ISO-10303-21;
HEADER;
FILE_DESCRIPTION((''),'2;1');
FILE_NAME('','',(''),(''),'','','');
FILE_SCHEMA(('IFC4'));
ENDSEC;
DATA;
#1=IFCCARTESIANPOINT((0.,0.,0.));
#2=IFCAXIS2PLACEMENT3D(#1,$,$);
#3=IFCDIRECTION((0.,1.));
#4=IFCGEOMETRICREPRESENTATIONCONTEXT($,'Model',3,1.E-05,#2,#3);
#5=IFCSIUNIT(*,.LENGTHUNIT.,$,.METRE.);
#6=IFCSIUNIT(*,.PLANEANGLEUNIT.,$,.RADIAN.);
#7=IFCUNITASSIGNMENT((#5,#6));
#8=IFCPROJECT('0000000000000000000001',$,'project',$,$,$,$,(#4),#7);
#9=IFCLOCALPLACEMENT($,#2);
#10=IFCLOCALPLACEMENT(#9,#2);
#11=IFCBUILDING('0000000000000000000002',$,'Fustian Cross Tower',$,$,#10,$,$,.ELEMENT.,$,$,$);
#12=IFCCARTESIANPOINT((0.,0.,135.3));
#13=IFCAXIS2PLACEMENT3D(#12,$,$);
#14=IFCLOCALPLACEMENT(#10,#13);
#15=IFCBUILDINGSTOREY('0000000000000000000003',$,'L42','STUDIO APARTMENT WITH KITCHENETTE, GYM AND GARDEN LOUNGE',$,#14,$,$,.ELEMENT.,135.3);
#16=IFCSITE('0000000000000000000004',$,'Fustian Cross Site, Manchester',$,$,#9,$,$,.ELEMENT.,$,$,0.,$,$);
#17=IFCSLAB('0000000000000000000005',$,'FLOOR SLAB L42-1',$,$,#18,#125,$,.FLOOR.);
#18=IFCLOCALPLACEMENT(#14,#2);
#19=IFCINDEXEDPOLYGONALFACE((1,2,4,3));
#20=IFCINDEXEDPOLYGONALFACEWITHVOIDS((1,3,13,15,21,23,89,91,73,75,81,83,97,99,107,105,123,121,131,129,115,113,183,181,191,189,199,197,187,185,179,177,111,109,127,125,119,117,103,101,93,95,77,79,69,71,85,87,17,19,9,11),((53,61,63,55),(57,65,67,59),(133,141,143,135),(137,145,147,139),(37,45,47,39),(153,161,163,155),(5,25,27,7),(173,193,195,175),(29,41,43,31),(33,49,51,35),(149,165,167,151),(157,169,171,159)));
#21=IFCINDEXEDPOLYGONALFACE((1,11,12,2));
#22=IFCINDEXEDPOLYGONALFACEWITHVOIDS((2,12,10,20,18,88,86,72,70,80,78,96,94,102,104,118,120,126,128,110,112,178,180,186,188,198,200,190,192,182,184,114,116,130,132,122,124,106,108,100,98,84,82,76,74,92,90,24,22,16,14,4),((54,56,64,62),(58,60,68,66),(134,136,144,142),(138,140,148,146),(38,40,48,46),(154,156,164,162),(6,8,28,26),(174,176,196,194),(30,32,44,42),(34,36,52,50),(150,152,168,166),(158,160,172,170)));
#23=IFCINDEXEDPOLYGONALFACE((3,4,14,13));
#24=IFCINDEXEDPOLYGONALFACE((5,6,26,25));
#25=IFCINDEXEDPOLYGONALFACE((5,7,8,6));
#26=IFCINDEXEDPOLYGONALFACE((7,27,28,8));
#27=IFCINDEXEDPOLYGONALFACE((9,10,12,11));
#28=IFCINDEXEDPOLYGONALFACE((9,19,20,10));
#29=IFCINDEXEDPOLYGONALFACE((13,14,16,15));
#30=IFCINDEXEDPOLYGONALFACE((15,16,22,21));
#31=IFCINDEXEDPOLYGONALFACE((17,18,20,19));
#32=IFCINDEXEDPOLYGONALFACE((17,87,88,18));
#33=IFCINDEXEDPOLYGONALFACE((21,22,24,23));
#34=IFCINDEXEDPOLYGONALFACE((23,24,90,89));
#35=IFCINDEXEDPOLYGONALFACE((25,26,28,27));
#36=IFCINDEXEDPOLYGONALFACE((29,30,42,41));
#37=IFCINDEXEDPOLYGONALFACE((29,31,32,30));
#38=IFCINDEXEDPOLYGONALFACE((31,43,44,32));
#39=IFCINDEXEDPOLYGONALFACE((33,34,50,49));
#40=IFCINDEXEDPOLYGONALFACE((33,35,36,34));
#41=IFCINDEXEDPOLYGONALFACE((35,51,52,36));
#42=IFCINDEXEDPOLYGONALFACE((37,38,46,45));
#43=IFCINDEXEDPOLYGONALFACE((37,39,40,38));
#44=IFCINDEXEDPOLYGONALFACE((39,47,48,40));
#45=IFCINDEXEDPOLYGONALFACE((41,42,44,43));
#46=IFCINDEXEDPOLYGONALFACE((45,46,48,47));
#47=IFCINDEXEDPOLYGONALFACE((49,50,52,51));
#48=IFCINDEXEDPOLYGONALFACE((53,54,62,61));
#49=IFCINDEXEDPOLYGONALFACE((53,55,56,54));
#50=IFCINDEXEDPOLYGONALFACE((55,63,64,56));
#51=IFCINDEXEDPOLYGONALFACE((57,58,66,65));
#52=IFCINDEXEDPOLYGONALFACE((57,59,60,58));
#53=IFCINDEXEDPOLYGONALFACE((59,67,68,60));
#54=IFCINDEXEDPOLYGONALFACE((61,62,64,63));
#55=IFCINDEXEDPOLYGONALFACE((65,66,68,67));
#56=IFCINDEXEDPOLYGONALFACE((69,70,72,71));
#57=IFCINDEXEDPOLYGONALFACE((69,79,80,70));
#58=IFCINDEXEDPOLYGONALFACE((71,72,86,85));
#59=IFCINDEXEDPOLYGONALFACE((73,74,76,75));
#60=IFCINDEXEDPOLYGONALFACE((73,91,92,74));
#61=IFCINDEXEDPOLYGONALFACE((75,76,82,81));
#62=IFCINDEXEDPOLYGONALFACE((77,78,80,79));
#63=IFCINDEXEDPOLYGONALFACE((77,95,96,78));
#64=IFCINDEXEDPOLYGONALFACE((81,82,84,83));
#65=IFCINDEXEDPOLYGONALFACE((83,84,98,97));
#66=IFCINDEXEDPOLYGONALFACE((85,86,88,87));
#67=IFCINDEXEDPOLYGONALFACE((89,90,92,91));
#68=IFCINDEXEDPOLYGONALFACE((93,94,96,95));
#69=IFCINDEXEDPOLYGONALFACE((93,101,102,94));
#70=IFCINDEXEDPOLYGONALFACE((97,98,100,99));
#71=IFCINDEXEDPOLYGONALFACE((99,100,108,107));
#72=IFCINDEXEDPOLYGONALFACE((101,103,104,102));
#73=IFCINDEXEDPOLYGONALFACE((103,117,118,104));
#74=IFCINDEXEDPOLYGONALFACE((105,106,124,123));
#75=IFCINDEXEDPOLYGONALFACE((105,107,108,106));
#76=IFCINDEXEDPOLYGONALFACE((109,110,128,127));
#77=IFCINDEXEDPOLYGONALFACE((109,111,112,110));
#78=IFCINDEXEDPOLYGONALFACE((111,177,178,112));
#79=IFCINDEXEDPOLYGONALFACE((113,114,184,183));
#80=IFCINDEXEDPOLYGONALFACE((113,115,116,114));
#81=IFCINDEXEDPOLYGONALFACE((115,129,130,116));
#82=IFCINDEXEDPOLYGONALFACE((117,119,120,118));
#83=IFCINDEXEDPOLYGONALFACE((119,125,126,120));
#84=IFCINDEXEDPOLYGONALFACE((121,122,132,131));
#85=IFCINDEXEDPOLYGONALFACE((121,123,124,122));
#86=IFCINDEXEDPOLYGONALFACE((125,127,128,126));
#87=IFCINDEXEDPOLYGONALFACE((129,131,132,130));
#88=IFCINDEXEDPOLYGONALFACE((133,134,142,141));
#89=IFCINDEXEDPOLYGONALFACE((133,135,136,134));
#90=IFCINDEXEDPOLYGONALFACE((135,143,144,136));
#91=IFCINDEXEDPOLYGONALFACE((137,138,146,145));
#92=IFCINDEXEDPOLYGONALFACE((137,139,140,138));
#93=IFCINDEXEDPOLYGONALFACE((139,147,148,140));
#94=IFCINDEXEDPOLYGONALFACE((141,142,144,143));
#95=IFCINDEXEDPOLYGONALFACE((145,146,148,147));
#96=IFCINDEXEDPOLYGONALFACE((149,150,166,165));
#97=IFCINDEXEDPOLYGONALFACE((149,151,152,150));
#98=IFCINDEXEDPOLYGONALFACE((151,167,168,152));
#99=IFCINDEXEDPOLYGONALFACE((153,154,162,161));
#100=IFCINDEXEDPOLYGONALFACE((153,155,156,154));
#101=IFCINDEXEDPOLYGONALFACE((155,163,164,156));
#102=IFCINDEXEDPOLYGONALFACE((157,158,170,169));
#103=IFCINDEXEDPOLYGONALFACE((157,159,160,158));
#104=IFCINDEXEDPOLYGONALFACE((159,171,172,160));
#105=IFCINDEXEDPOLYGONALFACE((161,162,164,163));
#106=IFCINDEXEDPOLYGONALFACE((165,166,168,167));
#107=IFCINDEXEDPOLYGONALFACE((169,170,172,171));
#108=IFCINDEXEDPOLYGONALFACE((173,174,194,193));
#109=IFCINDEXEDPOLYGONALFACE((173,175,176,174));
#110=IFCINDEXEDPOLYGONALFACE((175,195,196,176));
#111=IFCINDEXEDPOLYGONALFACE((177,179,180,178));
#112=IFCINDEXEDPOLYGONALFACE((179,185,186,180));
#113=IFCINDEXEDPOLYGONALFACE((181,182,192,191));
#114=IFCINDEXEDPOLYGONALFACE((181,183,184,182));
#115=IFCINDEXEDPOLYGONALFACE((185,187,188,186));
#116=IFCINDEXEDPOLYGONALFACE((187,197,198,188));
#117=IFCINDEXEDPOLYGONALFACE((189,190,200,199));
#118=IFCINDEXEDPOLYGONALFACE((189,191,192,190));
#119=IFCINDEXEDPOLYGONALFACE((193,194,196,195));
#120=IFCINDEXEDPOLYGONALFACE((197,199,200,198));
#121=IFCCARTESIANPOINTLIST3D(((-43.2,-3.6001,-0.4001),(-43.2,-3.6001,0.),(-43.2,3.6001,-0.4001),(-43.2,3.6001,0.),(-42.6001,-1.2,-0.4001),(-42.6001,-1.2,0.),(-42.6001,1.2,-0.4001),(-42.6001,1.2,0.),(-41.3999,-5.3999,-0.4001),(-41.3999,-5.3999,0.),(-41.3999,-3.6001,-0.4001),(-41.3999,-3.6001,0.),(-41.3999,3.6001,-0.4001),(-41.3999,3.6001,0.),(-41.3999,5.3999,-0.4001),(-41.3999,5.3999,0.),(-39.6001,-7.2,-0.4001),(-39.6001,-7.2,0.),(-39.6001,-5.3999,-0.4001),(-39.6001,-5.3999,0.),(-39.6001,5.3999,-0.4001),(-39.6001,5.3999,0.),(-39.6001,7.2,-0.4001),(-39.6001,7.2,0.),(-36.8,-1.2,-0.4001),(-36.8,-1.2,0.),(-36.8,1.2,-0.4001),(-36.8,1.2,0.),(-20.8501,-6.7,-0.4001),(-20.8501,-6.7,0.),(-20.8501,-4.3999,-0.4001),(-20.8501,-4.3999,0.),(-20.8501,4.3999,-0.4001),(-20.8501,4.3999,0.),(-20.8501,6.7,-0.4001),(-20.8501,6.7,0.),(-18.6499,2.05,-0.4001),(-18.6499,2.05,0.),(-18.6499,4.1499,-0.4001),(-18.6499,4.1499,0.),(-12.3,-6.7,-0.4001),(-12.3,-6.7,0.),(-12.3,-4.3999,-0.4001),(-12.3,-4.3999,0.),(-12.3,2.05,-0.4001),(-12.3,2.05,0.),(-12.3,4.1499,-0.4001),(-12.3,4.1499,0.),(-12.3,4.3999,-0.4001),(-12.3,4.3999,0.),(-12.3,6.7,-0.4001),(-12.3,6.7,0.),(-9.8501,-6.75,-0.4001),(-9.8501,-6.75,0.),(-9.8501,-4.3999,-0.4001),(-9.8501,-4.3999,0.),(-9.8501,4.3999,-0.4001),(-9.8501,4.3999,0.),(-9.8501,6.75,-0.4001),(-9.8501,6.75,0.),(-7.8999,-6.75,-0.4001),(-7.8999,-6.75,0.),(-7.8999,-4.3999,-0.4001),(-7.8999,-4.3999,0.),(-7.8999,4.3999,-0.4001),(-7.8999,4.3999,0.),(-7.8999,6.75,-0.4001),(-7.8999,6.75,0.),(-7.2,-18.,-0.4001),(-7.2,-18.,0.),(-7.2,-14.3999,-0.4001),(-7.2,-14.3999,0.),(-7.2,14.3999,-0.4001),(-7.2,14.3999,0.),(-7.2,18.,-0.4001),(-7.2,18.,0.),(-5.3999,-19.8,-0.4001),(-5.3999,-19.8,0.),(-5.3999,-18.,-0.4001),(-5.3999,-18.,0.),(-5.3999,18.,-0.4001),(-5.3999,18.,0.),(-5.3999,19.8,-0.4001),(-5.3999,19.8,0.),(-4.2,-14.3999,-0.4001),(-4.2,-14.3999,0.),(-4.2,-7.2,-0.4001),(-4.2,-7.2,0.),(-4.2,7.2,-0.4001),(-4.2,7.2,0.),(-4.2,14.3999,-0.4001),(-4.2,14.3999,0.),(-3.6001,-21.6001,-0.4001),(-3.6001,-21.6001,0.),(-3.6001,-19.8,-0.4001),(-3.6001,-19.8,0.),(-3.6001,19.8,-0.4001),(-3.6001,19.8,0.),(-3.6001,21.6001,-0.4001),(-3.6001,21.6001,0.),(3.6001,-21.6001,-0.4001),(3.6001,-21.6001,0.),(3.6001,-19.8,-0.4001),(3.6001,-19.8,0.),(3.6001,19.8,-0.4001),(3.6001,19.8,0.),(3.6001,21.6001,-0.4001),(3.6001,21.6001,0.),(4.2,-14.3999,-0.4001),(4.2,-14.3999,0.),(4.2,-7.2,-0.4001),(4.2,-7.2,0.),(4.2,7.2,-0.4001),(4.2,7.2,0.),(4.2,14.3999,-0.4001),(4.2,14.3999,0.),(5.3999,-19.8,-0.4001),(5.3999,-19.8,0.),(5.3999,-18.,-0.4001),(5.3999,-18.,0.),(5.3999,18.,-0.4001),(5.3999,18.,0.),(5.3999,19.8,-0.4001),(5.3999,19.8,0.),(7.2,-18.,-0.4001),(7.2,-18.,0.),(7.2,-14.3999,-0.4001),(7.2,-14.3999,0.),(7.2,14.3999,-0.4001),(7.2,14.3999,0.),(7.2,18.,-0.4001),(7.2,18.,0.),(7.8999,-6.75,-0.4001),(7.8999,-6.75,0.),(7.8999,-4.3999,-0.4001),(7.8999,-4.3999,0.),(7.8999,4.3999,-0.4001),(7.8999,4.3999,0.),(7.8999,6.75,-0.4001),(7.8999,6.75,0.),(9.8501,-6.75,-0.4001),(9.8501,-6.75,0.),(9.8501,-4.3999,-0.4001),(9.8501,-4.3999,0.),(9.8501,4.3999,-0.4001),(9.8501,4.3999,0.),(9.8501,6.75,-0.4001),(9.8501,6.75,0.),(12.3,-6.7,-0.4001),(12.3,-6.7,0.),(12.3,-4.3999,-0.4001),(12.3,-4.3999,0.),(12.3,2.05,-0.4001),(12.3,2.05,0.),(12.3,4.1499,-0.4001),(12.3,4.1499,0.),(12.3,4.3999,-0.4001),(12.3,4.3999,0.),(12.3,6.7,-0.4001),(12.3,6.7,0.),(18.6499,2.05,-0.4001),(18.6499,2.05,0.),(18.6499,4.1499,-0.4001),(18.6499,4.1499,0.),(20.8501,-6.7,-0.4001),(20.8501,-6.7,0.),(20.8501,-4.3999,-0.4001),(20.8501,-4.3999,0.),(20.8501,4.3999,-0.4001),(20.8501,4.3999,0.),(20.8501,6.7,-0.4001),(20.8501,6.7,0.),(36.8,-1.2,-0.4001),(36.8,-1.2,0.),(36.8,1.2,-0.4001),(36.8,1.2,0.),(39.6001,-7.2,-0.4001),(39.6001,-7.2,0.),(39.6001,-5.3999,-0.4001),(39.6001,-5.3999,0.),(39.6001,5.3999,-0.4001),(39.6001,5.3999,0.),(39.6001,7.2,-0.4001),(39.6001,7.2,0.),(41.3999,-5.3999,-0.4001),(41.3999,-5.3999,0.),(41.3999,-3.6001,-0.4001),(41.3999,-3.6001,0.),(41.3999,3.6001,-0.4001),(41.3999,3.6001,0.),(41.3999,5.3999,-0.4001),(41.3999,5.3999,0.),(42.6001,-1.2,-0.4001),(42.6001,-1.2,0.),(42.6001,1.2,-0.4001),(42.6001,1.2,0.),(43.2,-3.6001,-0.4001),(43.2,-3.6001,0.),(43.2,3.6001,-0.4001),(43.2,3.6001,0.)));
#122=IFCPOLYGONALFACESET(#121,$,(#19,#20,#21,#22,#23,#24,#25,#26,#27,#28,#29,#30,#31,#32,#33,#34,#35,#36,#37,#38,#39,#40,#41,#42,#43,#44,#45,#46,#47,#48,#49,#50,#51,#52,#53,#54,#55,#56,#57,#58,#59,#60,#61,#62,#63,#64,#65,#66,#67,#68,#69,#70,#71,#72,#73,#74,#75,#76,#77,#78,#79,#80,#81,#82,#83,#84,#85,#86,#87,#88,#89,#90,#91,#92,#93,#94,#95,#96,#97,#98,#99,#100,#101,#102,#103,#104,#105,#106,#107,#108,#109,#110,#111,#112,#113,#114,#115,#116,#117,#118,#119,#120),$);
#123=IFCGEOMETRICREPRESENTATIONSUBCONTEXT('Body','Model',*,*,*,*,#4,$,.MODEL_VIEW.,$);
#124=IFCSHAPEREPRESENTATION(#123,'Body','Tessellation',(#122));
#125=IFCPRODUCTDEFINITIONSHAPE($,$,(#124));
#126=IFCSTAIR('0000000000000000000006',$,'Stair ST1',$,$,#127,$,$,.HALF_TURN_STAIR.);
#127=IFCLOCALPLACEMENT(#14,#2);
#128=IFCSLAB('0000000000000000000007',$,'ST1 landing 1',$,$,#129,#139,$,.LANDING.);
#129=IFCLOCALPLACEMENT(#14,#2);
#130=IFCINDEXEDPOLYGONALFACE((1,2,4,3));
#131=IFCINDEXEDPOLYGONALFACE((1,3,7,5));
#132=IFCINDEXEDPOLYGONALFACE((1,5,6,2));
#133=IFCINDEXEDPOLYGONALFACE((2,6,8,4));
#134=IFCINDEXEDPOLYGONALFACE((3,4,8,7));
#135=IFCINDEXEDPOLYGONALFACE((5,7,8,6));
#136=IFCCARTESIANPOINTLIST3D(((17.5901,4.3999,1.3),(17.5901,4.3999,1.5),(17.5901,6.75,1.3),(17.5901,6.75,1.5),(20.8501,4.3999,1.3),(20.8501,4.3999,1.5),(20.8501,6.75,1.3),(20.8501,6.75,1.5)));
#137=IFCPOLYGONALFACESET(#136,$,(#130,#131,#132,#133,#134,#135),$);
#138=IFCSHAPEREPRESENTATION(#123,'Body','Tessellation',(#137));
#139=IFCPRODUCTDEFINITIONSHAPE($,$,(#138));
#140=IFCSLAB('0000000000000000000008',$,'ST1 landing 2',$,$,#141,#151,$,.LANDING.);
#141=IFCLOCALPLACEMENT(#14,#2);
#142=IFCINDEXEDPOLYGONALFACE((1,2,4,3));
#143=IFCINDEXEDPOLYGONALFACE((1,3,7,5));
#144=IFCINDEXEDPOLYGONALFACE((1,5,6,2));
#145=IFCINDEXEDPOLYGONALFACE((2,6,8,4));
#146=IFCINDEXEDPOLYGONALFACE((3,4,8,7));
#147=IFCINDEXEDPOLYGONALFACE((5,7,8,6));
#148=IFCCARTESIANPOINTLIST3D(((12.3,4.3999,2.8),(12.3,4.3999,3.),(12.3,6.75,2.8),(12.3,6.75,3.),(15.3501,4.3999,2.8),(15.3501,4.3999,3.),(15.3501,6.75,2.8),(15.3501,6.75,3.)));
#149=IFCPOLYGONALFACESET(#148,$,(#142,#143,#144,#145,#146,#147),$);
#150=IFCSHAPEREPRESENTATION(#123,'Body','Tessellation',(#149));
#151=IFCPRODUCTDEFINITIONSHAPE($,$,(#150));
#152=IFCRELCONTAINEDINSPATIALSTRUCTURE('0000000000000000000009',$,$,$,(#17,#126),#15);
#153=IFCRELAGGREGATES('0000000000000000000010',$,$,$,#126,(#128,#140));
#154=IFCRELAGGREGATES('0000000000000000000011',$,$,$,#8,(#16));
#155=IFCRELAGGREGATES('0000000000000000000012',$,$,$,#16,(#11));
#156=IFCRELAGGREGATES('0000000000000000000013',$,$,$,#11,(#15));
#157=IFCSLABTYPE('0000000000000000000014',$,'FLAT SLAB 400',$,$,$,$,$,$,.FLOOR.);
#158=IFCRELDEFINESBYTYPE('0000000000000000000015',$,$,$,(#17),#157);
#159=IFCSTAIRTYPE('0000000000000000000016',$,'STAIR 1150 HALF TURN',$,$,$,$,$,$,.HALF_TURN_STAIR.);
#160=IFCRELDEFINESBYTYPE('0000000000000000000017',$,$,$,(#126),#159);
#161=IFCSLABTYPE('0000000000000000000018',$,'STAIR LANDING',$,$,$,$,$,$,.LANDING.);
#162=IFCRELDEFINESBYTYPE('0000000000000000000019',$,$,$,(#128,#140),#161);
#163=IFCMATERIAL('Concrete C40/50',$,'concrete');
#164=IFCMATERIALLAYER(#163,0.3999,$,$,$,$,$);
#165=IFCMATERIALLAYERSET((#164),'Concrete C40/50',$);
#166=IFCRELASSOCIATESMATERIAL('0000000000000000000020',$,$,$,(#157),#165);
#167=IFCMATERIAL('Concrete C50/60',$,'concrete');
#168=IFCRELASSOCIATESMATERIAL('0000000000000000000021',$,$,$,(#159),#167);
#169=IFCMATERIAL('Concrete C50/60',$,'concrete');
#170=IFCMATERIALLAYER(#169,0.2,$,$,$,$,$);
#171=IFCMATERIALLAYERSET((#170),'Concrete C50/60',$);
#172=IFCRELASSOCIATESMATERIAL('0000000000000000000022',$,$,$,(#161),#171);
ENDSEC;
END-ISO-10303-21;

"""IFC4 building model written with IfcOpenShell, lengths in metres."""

from ifc_helpers import new_model, si_unit, direction, frame, origin, place, context, subcontext, project, spatial, polyline, outline, extrude, material, layer, layer_set, type_object, element, aggregate, save


model = new_model("IFC4")

# Units and contexts
model_context = context("Model", 3, precision=1e-05, world=origin(), true_north=direction((0.0, 1.0)))
body_context = subcontext(model_context, "Body", "Model", "MODEL_VIEW")
ifc_project = project(units=[si_unit("LENGTHUNIT", "METRE"), si_unit("PLANEANGLEUNIT", "RADIAN")], contexts=[model_context])

# Site, building, storey
site_placement = place(None, origin())
site = spatial("IfcSite", under=ifc_project, at=site_placement, Name="Fustian Cross Site, Manchester", CompositionType="ELEMENT", RefElevation=0.0)
building_placement = place(site_placement, origin())
building = spatial("IfcBuilding", under=site, at=building_placement, Name="Fustian Cross Tower", CompositionType="ELEMENT")
storey_placement = place(building_placement, frame((0.0, 0.0, 135.3)))
storey = spatial("IfcBuildingStorey", under=building, at=storey_placement, Name="L42", Description="STUDIO APARTMENT WITH KITCHENETTE, GYM AND GARDEN LOUNGE", CompositionType="ELEMENT", Elevation=135.3)

# Slab
ifc_material_1 = material(Name="Concrete C40/50", Category="concrete")
ifc_layer_1 = layer(ifc_material_1, 0.3999)
ifc_layer_set_1 = layer_set([ifc_layer_1], Name="Concrete C40/50")
slab_type_1 = type_object("IfcSlabType", Name="FLAT SLAB 400", PredefinedType="FLOOR", material=ifc_layer_set_1)
slab_1_placement = place(storey_placement, frame((0.0, 0.0, -0.4001)))
element("IfcSlab", 1, at=slab_1_placement, inside=storey, type_object=slab_type_1, Name="FLOOR SLAB L42-1", PredefinedType="FLOOR", context=body_context, shape_type="SweptSolid", body=[
    extrude(outline(polyline([(-5.3999, -18.0), (-7.2, -18.0), (-7.2, -14.3999), (-4.2, -14.3999), (-4.2, -7.2), (-39.6001, -7.2), (-39.6001, -5.3999), (-41.3999, -5.3999), (-41.3999, -3.6001), (-43.2, -3.6001), (-43.2, 3.6001), (-41.3999, 3.6001), (-41.3999, 5.3999), (-39.6001, 5.3999), (-39.6001, 7.2), (-4.2, 7.2), (-4.2, 14.3999), (-7.2, 14.3999), (-7.2, 18.0), (-5.3999, 18.0), (-5.3999, 19.8), (-3.6001, 19.8), (-3.6001, 21.6001), (3.6001, 21.6001), (3.6001, 19.8), (5.3999, 19.8), (5.3999, 18.0), (7.2, 18.0), (7.2, 14.3999), (4.2, 14.3999), (4.2, 7.2), (39.6001, 7.2), (39.6001, 5.3999), (41.3999, 5.3999), (41.3999, 3.6001), (43.2, 3.6001), (43.2, -3.6001), (41.3999, -3.6001), (41.3999, -5.3999), (39.6001, -5.3999), (39.6001, -7.2), (4.2, -7.2), (4.2, -14.3999), (7.2, -14.3999), (7.2, -18.0), (5.3999, -18.0), (5.3999, -19.8), (3.6001, -19.8), (3.6001, -21.6001), (-3.6001, -21.6001), (-3.6001, -19.8), (-5.3999, -19.8), (-5.3999, -18.0)]), holes=[polyline([(9.8501, 4.3999), (9.8501, 6.75), (7.8999, 6.75), (7.8999, 4.3999), (9.8501, 4.3999)]), polyline([(7.8999, -6.75), (9.8501, -6.75), (9.8501, -4.3999), (7.8999, -4.3999), (7.8999, -6.75)]), polyline([(-9.8501, 6.75), (-9.8501, 4.3999), (-7.8999, 4.3999), (-7.8999, 6.75), (-9.8501, 6.75)]), polyline([(-7.8999, -4.3999), (-9.8501, -4.3999), (-9.8501, -6.75), (-7.8999, -6.75), (-7.8999, -4.3999)]), polyline([(18.6499, 2.05), (18.6499, 4.1499), (12.3, 4.1499), (12.3, 2.05), (18.6499, 2.05)]), polyline([(-18.6499, 2.05), (-12.3, 2.05), (-12.3, 4.1499), (-18.6499, 4.1499), (-18.6499, 2.05)]), polyline([(12.3, 6.7), (12.3, 4.3999), (20.8501, 4.3999), (20.8501, 6.7), (12.3, 6.7)]), polyline([(20.8501, -4.3999), (12.3, -4.3999), (12.3, -6.7), (20.8501, -6.7), (20.8501, -4.3999)]), polyline([(-12.3, 4.3999), (-12.3, 6.7), (-20.8501, 6.7), (-20.8501, 4.3999), (-12.3, 4.3999)]), polyline([(-20.8501, -6.7), (-12.3, -6.7), (-12.3, -4.3999), (-20.8501, -4.3999), (-20.8501, -6.7)]), polyline([(36.8, 1.2), (36.8, -1.2), (42.6001, -1.2), (42.6001, 1.2), (36.8, 1.2)]), polyline([(-36.8, 1.2), (-42.6001, 1.2), (-42.6001, -1.2), (-36.8, -1.2), (-36.8, 1.2)])]), origin(), (0.0, 0.0, 1.0), 0.4001),
])

# Stair, slabs
ifc_material_2 = material(Name="Concrete C50/60", Category="concrete")
stair_type = type_object("IfcStairType", Name="STAIR 1150 HALF TURN", PredefinedType="HALF_TURN_STAIR", material=ifc_material_2)
stair_placement = place(storey_placement, origin())
stair = element("IfcStair", 2, at=stair_placement, inside=storey, type_object=stair_type, Name="Stair ST1", PredefinedType="HALF_TURN_STAIR")
ifc_material_3 = material(Name="Concrete C50/60", Category="concrete")
ifc_layer_2 = layer(ifc_material_3, 0.2)
ifc_layer_set_2 = layer_set([ifc_layer_2], Name="Concrete C50/60")
slab_type_2 = type_object("IfcSlabType", Name="STAIR LANDING", PredefinedType="LANDING", material=ifc_layer_set_2)
slab_2_placement = place(storey_placement, frame((0.0, 0.0, 1.3)))
slab_2 = element("IfcSlab", 3, at=slab_2_placement, type_object=slab_type_2, Name="ST1 landing 1", PredefinedType="LANDING", context=body_context, shape_type="SweptSolid", body=[
    extrude(outline(polyline([(17.5901, 4.3999), (20.8501, 4.3999), (20.8501, 6.75), (17.5901, 6.75), (17.5901, 4.3999)])), origin(), (0.0, 0.0, 1.0), 0.2),
])
slab_3_placement = place(storey_placement, frame((0.0, 0.0, 2.8)))
slab_3 = element("IfcSlab", 4, at=slab_3_placement, type_object=slab_type_2, Name="ST1 landing 2", PredefinedType="LANDING", context=body_context, shape_type="SweptSolid", body=[
    extrude(outline(polyline([(12.3, 4.3999), (15.3501, 4.3999), (15.3501, 6.75), (12.3, 6.75), (12.3, 4.3999)])), origin(), (0.0, 0.0, 1.0), 0.2),
])
aggregate(stair, [slab_2, slab_3])

save(model, "model.ifc")
